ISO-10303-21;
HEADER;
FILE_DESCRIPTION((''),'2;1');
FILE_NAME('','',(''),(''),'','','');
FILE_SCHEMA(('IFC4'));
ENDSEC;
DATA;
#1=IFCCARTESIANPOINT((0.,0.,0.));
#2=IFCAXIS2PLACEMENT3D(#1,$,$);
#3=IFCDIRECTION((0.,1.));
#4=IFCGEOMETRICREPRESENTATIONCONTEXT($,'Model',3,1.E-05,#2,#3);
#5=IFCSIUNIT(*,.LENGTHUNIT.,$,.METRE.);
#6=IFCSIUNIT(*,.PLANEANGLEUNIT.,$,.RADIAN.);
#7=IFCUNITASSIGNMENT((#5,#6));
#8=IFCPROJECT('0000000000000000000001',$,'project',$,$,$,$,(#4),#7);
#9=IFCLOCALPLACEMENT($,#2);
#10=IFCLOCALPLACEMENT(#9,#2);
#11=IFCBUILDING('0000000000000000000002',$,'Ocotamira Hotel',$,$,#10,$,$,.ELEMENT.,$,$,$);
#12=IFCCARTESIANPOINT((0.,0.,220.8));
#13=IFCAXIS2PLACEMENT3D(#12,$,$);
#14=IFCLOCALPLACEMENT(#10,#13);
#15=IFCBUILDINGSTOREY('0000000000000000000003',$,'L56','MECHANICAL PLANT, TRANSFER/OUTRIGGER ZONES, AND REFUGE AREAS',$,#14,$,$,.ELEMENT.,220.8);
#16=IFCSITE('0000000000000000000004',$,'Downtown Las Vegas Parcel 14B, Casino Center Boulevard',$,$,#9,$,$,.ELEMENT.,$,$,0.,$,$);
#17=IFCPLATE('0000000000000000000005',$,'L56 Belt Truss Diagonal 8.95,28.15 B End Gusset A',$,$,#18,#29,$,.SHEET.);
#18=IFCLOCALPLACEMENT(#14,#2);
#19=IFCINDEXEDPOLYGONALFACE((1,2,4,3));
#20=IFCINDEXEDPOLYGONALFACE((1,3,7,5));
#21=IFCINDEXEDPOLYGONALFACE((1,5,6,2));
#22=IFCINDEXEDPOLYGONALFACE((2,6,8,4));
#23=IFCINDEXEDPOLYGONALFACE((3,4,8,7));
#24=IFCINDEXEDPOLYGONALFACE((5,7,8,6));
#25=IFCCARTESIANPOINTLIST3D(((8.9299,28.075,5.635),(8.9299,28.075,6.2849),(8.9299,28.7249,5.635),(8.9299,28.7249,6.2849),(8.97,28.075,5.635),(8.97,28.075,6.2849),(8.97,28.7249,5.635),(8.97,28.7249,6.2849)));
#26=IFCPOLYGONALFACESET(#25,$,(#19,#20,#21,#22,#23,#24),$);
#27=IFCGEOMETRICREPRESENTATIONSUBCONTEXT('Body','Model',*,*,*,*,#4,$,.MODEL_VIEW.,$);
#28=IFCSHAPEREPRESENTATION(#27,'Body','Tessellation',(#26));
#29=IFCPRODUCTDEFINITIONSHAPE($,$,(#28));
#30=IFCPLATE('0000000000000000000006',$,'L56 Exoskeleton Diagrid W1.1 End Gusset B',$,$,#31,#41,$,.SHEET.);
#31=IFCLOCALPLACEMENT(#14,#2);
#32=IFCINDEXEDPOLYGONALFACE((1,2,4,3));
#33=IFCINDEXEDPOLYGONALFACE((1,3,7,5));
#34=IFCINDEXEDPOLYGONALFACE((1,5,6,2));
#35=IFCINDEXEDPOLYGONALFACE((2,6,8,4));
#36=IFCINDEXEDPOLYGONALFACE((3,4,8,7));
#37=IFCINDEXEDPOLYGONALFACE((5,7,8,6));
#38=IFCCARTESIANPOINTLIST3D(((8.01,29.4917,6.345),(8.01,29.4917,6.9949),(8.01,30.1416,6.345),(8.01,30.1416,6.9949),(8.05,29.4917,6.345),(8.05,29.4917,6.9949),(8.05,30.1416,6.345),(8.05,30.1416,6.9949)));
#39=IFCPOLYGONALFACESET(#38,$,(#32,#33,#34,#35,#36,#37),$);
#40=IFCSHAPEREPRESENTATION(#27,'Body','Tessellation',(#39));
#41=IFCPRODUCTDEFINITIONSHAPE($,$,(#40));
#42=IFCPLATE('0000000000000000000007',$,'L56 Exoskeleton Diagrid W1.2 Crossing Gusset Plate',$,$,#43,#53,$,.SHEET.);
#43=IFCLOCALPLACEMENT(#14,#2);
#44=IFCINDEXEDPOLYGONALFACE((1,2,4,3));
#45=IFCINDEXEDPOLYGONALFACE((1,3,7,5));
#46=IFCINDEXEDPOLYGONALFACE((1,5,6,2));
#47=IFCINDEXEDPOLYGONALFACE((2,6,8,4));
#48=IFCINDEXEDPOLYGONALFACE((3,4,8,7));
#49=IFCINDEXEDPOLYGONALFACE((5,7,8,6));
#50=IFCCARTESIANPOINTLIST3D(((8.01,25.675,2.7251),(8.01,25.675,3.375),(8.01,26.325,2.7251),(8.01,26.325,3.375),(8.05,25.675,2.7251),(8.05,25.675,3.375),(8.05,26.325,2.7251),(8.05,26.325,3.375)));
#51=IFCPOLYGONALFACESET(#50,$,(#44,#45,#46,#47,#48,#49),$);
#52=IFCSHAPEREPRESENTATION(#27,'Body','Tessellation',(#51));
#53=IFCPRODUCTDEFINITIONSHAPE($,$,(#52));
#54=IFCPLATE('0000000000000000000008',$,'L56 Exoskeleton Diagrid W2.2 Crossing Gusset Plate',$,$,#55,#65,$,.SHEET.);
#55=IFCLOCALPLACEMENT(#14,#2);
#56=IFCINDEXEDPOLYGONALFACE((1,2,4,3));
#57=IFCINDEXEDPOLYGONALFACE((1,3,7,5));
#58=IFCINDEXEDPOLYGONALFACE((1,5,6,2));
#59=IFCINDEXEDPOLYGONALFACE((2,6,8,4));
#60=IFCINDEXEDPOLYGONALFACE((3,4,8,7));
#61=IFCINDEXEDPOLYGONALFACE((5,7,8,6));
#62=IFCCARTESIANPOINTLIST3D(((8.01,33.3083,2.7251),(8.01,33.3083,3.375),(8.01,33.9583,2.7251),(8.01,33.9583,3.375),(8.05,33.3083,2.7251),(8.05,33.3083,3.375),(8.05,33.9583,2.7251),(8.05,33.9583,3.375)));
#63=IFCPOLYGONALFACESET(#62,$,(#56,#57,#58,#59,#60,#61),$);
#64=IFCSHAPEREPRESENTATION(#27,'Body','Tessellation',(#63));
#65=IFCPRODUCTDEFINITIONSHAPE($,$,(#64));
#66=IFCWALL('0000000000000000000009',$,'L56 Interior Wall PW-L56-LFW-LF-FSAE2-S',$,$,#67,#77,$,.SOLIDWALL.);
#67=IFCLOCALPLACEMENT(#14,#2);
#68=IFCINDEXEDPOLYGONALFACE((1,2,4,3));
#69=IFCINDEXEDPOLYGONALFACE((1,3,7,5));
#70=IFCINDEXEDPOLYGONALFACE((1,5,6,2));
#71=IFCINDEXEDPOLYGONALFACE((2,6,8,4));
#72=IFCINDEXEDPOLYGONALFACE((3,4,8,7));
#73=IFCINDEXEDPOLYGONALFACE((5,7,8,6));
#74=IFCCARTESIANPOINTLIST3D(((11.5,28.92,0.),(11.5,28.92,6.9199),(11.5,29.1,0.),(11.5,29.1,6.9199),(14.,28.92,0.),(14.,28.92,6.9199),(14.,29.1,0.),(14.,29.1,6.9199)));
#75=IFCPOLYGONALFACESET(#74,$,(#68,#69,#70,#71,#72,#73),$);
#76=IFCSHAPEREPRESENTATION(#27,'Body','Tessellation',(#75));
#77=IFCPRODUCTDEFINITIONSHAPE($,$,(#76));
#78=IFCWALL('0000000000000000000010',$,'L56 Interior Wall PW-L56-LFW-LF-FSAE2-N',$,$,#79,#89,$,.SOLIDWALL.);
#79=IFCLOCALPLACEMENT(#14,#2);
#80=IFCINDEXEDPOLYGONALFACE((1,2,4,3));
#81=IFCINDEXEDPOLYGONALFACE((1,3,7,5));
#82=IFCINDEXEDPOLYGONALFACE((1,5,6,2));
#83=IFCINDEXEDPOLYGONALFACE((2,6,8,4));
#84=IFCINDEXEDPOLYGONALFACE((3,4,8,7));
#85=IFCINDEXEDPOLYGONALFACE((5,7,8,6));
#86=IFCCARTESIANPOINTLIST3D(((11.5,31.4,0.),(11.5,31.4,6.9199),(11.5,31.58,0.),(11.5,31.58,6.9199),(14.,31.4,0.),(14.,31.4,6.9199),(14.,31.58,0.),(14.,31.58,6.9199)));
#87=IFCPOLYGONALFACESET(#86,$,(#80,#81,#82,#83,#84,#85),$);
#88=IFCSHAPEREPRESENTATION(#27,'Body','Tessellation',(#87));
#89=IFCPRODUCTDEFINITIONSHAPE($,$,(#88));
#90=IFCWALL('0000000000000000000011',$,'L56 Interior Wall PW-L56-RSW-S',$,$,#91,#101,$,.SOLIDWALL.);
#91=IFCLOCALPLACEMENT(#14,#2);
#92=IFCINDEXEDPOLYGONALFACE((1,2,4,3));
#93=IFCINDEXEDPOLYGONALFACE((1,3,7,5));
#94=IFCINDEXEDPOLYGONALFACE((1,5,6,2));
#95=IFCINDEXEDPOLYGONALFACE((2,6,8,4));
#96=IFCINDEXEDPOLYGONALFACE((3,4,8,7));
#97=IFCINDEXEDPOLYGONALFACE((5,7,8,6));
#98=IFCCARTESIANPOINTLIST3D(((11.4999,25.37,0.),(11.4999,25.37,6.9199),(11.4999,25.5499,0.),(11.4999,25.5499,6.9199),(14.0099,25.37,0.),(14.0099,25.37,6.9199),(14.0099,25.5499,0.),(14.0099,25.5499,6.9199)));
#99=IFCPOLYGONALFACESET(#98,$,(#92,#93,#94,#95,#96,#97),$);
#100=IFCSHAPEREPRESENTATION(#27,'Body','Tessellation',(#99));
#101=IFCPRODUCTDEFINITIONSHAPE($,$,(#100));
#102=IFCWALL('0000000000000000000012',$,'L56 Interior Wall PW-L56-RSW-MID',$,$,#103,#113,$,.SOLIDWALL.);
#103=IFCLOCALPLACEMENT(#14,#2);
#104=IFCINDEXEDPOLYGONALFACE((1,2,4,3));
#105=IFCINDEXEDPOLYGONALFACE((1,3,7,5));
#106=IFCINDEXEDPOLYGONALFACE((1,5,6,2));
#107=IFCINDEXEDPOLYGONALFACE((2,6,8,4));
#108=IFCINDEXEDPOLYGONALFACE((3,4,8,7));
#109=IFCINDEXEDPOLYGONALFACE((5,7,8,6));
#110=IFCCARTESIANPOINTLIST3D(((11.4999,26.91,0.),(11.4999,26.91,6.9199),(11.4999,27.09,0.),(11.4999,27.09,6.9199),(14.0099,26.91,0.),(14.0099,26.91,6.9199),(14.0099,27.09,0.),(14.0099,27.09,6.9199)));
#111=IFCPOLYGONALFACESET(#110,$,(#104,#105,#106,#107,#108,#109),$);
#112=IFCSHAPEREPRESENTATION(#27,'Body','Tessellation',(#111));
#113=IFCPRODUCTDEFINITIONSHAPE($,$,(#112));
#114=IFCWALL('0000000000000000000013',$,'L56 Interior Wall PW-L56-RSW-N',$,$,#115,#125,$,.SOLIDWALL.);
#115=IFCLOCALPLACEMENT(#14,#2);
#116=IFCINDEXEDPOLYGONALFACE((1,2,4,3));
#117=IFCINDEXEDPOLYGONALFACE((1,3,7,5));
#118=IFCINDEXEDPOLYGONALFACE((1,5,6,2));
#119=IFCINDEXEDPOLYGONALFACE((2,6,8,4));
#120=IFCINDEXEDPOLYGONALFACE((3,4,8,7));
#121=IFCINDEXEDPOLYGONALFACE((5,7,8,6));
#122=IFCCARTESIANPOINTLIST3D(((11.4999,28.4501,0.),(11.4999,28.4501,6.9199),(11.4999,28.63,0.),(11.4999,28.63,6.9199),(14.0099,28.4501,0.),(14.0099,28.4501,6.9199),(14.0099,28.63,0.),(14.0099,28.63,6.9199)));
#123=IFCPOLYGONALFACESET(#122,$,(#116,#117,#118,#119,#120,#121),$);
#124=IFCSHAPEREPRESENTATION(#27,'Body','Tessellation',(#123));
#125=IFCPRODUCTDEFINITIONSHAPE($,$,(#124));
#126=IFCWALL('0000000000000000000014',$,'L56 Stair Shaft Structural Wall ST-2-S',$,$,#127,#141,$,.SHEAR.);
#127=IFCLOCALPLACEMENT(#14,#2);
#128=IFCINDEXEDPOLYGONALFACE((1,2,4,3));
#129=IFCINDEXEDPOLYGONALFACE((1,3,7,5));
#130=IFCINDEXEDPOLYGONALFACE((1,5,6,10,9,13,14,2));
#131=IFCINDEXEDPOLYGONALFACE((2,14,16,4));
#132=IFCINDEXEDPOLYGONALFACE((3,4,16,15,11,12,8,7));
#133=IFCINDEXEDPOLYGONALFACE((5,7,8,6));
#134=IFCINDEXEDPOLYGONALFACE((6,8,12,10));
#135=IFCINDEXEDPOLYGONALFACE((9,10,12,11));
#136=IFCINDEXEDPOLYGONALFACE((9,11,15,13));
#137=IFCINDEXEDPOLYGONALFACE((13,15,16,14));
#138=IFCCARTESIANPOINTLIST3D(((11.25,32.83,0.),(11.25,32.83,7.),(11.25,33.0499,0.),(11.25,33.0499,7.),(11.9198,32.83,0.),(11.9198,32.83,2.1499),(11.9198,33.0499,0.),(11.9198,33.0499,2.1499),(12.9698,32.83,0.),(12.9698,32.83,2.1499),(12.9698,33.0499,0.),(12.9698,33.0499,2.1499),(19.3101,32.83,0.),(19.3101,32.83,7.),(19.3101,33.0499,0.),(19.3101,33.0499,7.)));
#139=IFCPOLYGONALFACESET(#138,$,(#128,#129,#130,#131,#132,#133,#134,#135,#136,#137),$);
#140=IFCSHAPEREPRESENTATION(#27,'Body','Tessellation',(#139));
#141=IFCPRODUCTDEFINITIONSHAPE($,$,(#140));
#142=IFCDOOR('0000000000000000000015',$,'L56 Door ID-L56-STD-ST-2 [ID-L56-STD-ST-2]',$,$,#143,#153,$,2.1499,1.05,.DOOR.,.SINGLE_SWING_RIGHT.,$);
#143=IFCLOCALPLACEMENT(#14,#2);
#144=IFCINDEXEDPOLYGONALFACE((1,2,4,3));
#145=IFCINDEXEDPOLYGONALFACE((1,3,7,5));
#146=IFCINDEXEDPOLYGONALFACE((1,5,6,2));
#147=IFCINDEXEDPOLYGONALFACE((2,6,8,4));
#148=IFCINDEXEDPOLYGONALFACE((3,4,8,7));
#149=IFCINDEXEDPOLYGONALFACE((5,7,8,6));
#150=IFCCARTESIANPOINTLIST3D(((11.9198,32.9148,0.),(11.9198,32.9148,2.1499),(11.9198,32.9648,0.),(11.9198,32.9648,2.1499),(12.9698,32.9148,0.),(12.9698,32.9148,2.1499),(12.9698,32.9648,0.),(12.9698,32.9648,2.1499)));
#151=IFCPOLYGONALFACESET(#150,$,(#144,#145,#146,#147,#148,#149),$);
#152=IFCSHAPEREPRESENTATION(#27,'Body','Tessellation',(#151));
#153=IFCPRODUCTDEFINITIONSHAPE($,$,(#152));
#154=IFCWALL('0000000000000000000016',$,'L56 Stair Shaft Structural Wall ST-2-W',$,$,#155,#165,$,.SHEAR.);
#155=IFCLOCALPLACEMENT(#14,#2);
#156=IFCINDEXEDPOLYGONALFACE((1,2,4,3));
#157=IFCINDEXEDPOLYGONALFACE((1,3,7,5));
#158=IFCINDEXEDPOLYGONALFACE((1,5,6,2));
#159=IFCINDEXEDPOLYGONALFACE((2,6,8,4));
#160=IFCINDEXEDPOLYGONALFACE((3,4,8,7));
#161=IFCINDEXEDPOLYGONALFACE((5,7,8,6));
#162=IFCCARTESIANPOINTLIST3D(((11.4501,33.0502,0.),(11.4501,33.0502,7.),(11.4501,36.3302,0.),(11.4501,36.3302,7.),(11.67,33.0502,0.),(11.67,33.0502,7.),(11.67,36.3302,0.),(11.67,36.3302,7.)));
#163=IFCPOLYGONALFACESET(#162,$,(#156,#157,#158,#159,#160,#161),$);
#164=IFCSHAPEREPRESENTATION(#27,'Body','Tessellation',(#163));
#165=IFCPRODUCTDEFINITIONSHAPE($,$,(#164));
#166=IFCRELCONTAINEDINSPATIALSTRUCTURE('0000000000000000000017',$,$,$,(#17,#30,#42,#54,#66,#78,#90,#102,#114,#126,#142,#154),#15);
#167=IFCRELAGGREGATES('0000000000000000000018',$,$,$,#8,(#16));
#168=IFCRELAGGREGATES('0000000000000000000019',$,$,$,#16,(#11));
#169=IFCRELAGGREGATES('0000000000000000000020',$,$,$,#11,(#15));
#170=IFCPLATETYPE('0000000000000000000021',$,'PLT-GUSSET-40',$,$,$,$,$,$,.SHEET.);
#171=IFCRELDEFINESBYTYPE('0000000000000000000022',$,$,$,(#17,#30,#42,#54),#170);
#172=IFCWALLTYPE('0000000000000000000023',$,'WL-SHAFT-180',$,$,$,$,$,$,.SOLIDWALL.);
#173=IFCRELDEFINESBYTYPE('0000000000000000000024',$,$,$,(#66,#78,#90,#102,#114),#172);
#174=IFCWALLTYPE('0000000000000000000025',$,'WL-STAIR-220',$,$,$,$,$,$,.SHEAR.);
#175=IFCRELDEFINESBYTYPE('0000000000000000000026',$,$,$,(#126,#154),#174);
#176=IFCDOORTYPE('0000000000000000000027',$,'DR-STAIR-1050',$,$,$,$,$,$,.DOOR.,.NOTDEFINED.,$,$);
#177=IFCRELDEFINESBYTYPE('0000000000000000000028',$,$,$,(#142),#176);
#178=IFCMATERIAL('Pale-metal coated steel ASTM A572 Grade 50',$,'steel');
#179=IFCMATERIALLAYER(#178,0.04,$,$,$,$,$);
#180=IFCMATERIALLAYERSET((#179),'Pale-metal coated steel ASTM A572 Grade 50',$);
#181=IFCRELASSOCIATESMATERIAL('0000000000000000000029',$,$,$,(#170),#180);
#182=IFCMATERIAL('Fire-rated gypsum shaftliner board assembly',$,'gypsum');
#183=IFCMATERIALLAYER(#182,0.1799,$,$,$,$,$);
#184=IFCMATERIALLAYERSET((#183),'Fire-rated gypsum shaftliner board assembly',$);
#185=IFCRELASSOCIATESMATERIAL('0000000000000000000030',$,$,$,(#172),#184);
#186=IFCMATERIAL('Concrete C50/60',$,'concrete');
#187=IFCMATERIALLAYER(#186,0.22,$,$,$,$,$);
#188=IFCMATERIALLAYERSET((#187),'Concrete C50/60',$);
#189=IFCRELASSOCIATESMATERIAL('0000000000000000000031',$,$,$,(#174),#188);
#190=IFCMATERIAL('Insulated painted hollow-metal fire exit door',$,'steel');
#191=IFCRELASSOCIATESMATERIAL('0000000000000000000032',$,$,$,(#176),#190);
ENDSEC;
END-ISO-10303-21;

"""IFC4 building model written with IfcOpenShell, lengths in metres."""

from ifc_helpers import new_model, si_unit, direction, frame, frame_2d, origin, origin_2d, place, context, subcontext, project, spatial, rectangle, extrude, source, transform, mapped, material, layer, layer_set, type_object, element, fill, save


model = new_model("IFC4")

# Units and contexts
model_context = context("Model", 3, precision=1e-05, world=origin(), true_north=direction((0.0, 1.0)))
body_context = subcontext(model_context, "Body", "Model", "MODEL_VIEW")
ifc_project = project(units=[si_unit("LENGTHUNIT", "METRE"), si_unit("PLANEANGLEUNIT", "RADIAN")], contexts=[model_context])

# Site, building, storey
site_placement = place(None, origin())
site = spatial("IfcSite", under=ifc_project, at=site_placement, Name="Downtown Las Vegas Parcel 14B, Casino Center Boulevard", CompositionType="ELEMENT", RefElevation=0.0)
building_placement = place(site_placement, origin())
building = spatial("IfcBuilding", under=site, at=building_placement, Name="Ocotamira Hotel", CompositionType="ELEMENT")
storey_placement = place(building_placement, frame((0.0, 0.0, 220.8)))
storey = spatial("IfcBuildingStorey", under=building, at=storey_placement, Name="L56", Description="MECHANICAL PLANT, TRANSFER/OUTRIGGER ZONES, AND REFUGE AREAS", CompositionType="ELEMENT", Elevation=220.8)

# Plates
ifc_material_1 = material(Name="Pale-metal coated steel ASTM A572 Grade 50", Category="steel")
ifc_layer_1 = layer(ifc_material_1, 0.04)
ifc_layer_set_1 = layer_set([ifc_layer_1], Name="Pale-metal coated steel ASTM A572 Grade 50")
plate_type = type_object("IfcPlateType", Name="PLT-GUSSET-40", PredefinedType="SHEET", material=ifc_layer_set_1)
shared_shape_1 = source(origin(), body_context, "Body", "SweptSolid", [
    extrude(rectangle(XDim=0.04, YDim=0.6499, at=origin_2d()), origin(), (0.0, 0.0, 1.0), 0.6499),
])
for number, where, z_axis, x_axis, name in (
    (1, (8.95, 28.3999, 5.635), (0.0, 0.0, 1.0), (1.0, 0.0, 0.0), "L56 Belt Truss Diagonal 8.95,28.15 B End Gusset A"),
    (2, (8.03, 29.8167, 6.345), (0.0, 0.0, 1.0), (1.0, 0.0, 0.0), "L56 Exoskeleton Diagrid W1.1 End Gusset B"),
    (3, (8.03, 26.0, 2.7251), (0.0, 0.0, 1.0), (1.0, 0.0, 0.0), "L56 Exoskeleton Diagrid W1.2 Crossing Gusset Plate"),
    (4, (8.03, 33.6333, 2.7251), (0.0, 0.0, 1.0), (1.0, 0.0, 0.0), "L56 Exoskeleton Diagrid W2.2 Crossing Gusset Plate"),
):
    element("IfcPlate", number, at=place(storey_placement, frame(where, z_axis=z_axis, x_axis=x_axis)), inside=storey, type_object=plate_type, Name=name, PredefinedType="SHEET", context=body_context, shape_type="MappedRepresentation", body=[
        mapped(shared_shape_1, transform((0.0, 0.0, 0.0), scale=1.0)),
    ])

# Walls
ifc_material_2 = material(Name="Fire-rated gypsum shaftliner board assembly", Category="gypsum")
ifc_layer_2 = layer(ifc_material_2, 0.1799)
ifc_layer_set_2 = layer_set([ifc_layer_2], Name="Fire-rated gypsum shaftliner board assembly")
wall_type_1 = type_object("IfcWallType", Name="WL-SHAFT-180", PredefinedType="SOLIDWALL", material=ifc_layer_set_2)
for number, where, z_axis, x_axis, name in (
    (5, (11.5, 29.01, 0.0), (0.0, 0.0, 1.0), (1.0, 0.0, 0.0), "L56 Interior Wall PW-L56-LFW-LF-FSAE2-S"),
    (6, (11.5, 31.49, 0.0), (0.0, 0.0, 1.0), (1.0, 0.0, 0.0), "L56 Interior Wall PW-L56-LFW-LF-FSAE2-N"),
):
    element("IfcWall", number, at=place(storey_placement, frame(where, z_axis=z_axis, x_axis=x_axis)), inside=storey, type_object=wall_type_1, Name=name, PredefinedType="SOLIDWALL", context=body_context, shape_type="SweptSolid", body=[
        extrude(rectangle(XDim=2.5, YDim=0.1799, at=frame_2d((1.25, 0.0))), origin(), (0.0, 0.0, 1.0), 6.9199),
    ])
for number, where, z_axis, x_axis, name in (
    (7, (11.5, 25.46, 0.0), (0.0, 0.0, 1.0), (1.0, 0.0, 0.0), "L56 Interior Wall PW-L56-RSW-S"),
    (8, (11.5, 27.0, 0.0), (0.0, 0.0, 1.0), (1.0, 0.0, 0.0), "L56 Interior Wall PW-L56-RSW-MID"),
    (9, (11.5, 28.54, 0.0), (0.0, 0.0, 1.0), (1.0, 0.0, 0.0), "L56 Interior Wall PW-L56-RSW-N"),
):
    element("IfcWall", number, at=place(storey_placement, frame(where, z_axis=z_axis, x_axis=x_axis)), inside=storey, type_object=wall_type_1, Name=name, PredefinedType="SOLIDWALL", context=body_context, shape_type="SweptSolid", body=[
        extrude(rectangle(XDim=2.51, YDim=0.1799, at=frame_2d((1.2549, 0.0))), origin(), (0.0, 0.0, 1.0), 6.9199),
    ])

# Wall, opening, door
ifc_material_3 = material(Name="Concrete C50/60", Category="concrete")
ifc_layer_3 = layer(ifc_material_3, 0.22)
ifc_layer_set_3 = layer_set([ifc_layer_3], Name="Concrete C50/60")
wall_type_2 = type_object("IfcWallType", Name="WL-STAIR-220", PredefinedType="SHEAR", material=ifc_layer_set_3)
wall_1_placement = place(storey_placement, frame((11.25, 32.9399, 0.0), z_axis=(0.0, 0.0, 1.0), x_axis=(1.0, 0.0, 0.0)))
wall_1 = element("IfcWall", 10, at=wall_1_placement, inside=storey, type_object=wall_type_2, Name="L56 Stair Shaft Structural Wall ST-2-S", PredefinedType="SHEAR", context=body_context, shape_type="SweptSolid", body=[
    extrude(rectangle(XDim=8.0601, YDim=0.22, at=frame_2d((4.03, 0.0))), origin(), (0.0, 0.0, 1.0), 7.0),
])
opening_placement = place(wall_1_placement, frame((0.6699, 0.0, 0.0)))
opening = element("IfcOpeningElement", 11, at=opening_placement, cuts=wall_1, PredefinedType="OPENING", context=body_context, shape_type="SweptSolid", body=[
    extrude(rectangle(XDim=1.05, YDim=2.1499, at=frame_2d((0.5249, 1.075))), frame((0.0, 0.1201, 0.0), z_axis=(0.0, -1.0, 0.0), x_axis=(1.0, 0.0, 0.0)), (0.0, 0.0, 1.0), 0.24),
])
ifc_material_4 = material(Name="Insulated painted hollow-metal fire exit door", Category="steel")
door_type = type_object("IfcDoorType", Name="DR-STAIR-1050", OperationType="NOTDEFINED", PredefinedType="DOOR", material=ifc_material_4)
shared_shape_2 = source(origin(), body_context, "Body", "SweptSolid", [
    extrude(rectangle(XDim=1.05, YDim=2.1499, at=frame_2d((0.5249, 1.075))), frame((0.0, 0.0249, 0.0), z_axis=(0.0, -1.0, 0.0), x_axis=(1.0, 0.0, 0.0)), (0.0, 0.0, 1.0), 0.05),
])
door_placement = place(opening_placement, origin())
door = element("IfcDoor", 12, at=door_placement, inside=storey, type_object=door_type, Name="L56 Door ID-L56-STD-ST-2 [ID-L56-STD-ST-2]", OperationType="SINGLE_SWING_RIGHT", OverallHeight=2.1499, OverallWidth=1.05, PredefinedType="DOOR", context=body_context, shape_type="MappedRepresentation", body=[
    mapped(shared_shape_2, transform((0.0, 0.0, 0.0), scale=1.0)),
])
fill(opening, door)

# Wall
wall_2_placement = place(storey_placement, frame((11.5601, 33.05, 0.0), z_axis=(0.0, 0.0, 1.0), x_axis=(0.0, 1.0, 0.0)))
element("IfcWall", 13, at=wall_2_placement, inside=storey, type_object=wall_type_2, Name="L56 Stair Shaft Structural Wall ST-2-W", PredefinedType="SHEAR", context=body_context, shape_type="SweptSolid", body=[
    extrude(rectangle(XDim=3.28, YDim=0.22, at=frame_2d((1.6401, 0.0))), origin(), (0.0, 0.0, 1.0), 7.0),
])

save(model, "model.ifc")
